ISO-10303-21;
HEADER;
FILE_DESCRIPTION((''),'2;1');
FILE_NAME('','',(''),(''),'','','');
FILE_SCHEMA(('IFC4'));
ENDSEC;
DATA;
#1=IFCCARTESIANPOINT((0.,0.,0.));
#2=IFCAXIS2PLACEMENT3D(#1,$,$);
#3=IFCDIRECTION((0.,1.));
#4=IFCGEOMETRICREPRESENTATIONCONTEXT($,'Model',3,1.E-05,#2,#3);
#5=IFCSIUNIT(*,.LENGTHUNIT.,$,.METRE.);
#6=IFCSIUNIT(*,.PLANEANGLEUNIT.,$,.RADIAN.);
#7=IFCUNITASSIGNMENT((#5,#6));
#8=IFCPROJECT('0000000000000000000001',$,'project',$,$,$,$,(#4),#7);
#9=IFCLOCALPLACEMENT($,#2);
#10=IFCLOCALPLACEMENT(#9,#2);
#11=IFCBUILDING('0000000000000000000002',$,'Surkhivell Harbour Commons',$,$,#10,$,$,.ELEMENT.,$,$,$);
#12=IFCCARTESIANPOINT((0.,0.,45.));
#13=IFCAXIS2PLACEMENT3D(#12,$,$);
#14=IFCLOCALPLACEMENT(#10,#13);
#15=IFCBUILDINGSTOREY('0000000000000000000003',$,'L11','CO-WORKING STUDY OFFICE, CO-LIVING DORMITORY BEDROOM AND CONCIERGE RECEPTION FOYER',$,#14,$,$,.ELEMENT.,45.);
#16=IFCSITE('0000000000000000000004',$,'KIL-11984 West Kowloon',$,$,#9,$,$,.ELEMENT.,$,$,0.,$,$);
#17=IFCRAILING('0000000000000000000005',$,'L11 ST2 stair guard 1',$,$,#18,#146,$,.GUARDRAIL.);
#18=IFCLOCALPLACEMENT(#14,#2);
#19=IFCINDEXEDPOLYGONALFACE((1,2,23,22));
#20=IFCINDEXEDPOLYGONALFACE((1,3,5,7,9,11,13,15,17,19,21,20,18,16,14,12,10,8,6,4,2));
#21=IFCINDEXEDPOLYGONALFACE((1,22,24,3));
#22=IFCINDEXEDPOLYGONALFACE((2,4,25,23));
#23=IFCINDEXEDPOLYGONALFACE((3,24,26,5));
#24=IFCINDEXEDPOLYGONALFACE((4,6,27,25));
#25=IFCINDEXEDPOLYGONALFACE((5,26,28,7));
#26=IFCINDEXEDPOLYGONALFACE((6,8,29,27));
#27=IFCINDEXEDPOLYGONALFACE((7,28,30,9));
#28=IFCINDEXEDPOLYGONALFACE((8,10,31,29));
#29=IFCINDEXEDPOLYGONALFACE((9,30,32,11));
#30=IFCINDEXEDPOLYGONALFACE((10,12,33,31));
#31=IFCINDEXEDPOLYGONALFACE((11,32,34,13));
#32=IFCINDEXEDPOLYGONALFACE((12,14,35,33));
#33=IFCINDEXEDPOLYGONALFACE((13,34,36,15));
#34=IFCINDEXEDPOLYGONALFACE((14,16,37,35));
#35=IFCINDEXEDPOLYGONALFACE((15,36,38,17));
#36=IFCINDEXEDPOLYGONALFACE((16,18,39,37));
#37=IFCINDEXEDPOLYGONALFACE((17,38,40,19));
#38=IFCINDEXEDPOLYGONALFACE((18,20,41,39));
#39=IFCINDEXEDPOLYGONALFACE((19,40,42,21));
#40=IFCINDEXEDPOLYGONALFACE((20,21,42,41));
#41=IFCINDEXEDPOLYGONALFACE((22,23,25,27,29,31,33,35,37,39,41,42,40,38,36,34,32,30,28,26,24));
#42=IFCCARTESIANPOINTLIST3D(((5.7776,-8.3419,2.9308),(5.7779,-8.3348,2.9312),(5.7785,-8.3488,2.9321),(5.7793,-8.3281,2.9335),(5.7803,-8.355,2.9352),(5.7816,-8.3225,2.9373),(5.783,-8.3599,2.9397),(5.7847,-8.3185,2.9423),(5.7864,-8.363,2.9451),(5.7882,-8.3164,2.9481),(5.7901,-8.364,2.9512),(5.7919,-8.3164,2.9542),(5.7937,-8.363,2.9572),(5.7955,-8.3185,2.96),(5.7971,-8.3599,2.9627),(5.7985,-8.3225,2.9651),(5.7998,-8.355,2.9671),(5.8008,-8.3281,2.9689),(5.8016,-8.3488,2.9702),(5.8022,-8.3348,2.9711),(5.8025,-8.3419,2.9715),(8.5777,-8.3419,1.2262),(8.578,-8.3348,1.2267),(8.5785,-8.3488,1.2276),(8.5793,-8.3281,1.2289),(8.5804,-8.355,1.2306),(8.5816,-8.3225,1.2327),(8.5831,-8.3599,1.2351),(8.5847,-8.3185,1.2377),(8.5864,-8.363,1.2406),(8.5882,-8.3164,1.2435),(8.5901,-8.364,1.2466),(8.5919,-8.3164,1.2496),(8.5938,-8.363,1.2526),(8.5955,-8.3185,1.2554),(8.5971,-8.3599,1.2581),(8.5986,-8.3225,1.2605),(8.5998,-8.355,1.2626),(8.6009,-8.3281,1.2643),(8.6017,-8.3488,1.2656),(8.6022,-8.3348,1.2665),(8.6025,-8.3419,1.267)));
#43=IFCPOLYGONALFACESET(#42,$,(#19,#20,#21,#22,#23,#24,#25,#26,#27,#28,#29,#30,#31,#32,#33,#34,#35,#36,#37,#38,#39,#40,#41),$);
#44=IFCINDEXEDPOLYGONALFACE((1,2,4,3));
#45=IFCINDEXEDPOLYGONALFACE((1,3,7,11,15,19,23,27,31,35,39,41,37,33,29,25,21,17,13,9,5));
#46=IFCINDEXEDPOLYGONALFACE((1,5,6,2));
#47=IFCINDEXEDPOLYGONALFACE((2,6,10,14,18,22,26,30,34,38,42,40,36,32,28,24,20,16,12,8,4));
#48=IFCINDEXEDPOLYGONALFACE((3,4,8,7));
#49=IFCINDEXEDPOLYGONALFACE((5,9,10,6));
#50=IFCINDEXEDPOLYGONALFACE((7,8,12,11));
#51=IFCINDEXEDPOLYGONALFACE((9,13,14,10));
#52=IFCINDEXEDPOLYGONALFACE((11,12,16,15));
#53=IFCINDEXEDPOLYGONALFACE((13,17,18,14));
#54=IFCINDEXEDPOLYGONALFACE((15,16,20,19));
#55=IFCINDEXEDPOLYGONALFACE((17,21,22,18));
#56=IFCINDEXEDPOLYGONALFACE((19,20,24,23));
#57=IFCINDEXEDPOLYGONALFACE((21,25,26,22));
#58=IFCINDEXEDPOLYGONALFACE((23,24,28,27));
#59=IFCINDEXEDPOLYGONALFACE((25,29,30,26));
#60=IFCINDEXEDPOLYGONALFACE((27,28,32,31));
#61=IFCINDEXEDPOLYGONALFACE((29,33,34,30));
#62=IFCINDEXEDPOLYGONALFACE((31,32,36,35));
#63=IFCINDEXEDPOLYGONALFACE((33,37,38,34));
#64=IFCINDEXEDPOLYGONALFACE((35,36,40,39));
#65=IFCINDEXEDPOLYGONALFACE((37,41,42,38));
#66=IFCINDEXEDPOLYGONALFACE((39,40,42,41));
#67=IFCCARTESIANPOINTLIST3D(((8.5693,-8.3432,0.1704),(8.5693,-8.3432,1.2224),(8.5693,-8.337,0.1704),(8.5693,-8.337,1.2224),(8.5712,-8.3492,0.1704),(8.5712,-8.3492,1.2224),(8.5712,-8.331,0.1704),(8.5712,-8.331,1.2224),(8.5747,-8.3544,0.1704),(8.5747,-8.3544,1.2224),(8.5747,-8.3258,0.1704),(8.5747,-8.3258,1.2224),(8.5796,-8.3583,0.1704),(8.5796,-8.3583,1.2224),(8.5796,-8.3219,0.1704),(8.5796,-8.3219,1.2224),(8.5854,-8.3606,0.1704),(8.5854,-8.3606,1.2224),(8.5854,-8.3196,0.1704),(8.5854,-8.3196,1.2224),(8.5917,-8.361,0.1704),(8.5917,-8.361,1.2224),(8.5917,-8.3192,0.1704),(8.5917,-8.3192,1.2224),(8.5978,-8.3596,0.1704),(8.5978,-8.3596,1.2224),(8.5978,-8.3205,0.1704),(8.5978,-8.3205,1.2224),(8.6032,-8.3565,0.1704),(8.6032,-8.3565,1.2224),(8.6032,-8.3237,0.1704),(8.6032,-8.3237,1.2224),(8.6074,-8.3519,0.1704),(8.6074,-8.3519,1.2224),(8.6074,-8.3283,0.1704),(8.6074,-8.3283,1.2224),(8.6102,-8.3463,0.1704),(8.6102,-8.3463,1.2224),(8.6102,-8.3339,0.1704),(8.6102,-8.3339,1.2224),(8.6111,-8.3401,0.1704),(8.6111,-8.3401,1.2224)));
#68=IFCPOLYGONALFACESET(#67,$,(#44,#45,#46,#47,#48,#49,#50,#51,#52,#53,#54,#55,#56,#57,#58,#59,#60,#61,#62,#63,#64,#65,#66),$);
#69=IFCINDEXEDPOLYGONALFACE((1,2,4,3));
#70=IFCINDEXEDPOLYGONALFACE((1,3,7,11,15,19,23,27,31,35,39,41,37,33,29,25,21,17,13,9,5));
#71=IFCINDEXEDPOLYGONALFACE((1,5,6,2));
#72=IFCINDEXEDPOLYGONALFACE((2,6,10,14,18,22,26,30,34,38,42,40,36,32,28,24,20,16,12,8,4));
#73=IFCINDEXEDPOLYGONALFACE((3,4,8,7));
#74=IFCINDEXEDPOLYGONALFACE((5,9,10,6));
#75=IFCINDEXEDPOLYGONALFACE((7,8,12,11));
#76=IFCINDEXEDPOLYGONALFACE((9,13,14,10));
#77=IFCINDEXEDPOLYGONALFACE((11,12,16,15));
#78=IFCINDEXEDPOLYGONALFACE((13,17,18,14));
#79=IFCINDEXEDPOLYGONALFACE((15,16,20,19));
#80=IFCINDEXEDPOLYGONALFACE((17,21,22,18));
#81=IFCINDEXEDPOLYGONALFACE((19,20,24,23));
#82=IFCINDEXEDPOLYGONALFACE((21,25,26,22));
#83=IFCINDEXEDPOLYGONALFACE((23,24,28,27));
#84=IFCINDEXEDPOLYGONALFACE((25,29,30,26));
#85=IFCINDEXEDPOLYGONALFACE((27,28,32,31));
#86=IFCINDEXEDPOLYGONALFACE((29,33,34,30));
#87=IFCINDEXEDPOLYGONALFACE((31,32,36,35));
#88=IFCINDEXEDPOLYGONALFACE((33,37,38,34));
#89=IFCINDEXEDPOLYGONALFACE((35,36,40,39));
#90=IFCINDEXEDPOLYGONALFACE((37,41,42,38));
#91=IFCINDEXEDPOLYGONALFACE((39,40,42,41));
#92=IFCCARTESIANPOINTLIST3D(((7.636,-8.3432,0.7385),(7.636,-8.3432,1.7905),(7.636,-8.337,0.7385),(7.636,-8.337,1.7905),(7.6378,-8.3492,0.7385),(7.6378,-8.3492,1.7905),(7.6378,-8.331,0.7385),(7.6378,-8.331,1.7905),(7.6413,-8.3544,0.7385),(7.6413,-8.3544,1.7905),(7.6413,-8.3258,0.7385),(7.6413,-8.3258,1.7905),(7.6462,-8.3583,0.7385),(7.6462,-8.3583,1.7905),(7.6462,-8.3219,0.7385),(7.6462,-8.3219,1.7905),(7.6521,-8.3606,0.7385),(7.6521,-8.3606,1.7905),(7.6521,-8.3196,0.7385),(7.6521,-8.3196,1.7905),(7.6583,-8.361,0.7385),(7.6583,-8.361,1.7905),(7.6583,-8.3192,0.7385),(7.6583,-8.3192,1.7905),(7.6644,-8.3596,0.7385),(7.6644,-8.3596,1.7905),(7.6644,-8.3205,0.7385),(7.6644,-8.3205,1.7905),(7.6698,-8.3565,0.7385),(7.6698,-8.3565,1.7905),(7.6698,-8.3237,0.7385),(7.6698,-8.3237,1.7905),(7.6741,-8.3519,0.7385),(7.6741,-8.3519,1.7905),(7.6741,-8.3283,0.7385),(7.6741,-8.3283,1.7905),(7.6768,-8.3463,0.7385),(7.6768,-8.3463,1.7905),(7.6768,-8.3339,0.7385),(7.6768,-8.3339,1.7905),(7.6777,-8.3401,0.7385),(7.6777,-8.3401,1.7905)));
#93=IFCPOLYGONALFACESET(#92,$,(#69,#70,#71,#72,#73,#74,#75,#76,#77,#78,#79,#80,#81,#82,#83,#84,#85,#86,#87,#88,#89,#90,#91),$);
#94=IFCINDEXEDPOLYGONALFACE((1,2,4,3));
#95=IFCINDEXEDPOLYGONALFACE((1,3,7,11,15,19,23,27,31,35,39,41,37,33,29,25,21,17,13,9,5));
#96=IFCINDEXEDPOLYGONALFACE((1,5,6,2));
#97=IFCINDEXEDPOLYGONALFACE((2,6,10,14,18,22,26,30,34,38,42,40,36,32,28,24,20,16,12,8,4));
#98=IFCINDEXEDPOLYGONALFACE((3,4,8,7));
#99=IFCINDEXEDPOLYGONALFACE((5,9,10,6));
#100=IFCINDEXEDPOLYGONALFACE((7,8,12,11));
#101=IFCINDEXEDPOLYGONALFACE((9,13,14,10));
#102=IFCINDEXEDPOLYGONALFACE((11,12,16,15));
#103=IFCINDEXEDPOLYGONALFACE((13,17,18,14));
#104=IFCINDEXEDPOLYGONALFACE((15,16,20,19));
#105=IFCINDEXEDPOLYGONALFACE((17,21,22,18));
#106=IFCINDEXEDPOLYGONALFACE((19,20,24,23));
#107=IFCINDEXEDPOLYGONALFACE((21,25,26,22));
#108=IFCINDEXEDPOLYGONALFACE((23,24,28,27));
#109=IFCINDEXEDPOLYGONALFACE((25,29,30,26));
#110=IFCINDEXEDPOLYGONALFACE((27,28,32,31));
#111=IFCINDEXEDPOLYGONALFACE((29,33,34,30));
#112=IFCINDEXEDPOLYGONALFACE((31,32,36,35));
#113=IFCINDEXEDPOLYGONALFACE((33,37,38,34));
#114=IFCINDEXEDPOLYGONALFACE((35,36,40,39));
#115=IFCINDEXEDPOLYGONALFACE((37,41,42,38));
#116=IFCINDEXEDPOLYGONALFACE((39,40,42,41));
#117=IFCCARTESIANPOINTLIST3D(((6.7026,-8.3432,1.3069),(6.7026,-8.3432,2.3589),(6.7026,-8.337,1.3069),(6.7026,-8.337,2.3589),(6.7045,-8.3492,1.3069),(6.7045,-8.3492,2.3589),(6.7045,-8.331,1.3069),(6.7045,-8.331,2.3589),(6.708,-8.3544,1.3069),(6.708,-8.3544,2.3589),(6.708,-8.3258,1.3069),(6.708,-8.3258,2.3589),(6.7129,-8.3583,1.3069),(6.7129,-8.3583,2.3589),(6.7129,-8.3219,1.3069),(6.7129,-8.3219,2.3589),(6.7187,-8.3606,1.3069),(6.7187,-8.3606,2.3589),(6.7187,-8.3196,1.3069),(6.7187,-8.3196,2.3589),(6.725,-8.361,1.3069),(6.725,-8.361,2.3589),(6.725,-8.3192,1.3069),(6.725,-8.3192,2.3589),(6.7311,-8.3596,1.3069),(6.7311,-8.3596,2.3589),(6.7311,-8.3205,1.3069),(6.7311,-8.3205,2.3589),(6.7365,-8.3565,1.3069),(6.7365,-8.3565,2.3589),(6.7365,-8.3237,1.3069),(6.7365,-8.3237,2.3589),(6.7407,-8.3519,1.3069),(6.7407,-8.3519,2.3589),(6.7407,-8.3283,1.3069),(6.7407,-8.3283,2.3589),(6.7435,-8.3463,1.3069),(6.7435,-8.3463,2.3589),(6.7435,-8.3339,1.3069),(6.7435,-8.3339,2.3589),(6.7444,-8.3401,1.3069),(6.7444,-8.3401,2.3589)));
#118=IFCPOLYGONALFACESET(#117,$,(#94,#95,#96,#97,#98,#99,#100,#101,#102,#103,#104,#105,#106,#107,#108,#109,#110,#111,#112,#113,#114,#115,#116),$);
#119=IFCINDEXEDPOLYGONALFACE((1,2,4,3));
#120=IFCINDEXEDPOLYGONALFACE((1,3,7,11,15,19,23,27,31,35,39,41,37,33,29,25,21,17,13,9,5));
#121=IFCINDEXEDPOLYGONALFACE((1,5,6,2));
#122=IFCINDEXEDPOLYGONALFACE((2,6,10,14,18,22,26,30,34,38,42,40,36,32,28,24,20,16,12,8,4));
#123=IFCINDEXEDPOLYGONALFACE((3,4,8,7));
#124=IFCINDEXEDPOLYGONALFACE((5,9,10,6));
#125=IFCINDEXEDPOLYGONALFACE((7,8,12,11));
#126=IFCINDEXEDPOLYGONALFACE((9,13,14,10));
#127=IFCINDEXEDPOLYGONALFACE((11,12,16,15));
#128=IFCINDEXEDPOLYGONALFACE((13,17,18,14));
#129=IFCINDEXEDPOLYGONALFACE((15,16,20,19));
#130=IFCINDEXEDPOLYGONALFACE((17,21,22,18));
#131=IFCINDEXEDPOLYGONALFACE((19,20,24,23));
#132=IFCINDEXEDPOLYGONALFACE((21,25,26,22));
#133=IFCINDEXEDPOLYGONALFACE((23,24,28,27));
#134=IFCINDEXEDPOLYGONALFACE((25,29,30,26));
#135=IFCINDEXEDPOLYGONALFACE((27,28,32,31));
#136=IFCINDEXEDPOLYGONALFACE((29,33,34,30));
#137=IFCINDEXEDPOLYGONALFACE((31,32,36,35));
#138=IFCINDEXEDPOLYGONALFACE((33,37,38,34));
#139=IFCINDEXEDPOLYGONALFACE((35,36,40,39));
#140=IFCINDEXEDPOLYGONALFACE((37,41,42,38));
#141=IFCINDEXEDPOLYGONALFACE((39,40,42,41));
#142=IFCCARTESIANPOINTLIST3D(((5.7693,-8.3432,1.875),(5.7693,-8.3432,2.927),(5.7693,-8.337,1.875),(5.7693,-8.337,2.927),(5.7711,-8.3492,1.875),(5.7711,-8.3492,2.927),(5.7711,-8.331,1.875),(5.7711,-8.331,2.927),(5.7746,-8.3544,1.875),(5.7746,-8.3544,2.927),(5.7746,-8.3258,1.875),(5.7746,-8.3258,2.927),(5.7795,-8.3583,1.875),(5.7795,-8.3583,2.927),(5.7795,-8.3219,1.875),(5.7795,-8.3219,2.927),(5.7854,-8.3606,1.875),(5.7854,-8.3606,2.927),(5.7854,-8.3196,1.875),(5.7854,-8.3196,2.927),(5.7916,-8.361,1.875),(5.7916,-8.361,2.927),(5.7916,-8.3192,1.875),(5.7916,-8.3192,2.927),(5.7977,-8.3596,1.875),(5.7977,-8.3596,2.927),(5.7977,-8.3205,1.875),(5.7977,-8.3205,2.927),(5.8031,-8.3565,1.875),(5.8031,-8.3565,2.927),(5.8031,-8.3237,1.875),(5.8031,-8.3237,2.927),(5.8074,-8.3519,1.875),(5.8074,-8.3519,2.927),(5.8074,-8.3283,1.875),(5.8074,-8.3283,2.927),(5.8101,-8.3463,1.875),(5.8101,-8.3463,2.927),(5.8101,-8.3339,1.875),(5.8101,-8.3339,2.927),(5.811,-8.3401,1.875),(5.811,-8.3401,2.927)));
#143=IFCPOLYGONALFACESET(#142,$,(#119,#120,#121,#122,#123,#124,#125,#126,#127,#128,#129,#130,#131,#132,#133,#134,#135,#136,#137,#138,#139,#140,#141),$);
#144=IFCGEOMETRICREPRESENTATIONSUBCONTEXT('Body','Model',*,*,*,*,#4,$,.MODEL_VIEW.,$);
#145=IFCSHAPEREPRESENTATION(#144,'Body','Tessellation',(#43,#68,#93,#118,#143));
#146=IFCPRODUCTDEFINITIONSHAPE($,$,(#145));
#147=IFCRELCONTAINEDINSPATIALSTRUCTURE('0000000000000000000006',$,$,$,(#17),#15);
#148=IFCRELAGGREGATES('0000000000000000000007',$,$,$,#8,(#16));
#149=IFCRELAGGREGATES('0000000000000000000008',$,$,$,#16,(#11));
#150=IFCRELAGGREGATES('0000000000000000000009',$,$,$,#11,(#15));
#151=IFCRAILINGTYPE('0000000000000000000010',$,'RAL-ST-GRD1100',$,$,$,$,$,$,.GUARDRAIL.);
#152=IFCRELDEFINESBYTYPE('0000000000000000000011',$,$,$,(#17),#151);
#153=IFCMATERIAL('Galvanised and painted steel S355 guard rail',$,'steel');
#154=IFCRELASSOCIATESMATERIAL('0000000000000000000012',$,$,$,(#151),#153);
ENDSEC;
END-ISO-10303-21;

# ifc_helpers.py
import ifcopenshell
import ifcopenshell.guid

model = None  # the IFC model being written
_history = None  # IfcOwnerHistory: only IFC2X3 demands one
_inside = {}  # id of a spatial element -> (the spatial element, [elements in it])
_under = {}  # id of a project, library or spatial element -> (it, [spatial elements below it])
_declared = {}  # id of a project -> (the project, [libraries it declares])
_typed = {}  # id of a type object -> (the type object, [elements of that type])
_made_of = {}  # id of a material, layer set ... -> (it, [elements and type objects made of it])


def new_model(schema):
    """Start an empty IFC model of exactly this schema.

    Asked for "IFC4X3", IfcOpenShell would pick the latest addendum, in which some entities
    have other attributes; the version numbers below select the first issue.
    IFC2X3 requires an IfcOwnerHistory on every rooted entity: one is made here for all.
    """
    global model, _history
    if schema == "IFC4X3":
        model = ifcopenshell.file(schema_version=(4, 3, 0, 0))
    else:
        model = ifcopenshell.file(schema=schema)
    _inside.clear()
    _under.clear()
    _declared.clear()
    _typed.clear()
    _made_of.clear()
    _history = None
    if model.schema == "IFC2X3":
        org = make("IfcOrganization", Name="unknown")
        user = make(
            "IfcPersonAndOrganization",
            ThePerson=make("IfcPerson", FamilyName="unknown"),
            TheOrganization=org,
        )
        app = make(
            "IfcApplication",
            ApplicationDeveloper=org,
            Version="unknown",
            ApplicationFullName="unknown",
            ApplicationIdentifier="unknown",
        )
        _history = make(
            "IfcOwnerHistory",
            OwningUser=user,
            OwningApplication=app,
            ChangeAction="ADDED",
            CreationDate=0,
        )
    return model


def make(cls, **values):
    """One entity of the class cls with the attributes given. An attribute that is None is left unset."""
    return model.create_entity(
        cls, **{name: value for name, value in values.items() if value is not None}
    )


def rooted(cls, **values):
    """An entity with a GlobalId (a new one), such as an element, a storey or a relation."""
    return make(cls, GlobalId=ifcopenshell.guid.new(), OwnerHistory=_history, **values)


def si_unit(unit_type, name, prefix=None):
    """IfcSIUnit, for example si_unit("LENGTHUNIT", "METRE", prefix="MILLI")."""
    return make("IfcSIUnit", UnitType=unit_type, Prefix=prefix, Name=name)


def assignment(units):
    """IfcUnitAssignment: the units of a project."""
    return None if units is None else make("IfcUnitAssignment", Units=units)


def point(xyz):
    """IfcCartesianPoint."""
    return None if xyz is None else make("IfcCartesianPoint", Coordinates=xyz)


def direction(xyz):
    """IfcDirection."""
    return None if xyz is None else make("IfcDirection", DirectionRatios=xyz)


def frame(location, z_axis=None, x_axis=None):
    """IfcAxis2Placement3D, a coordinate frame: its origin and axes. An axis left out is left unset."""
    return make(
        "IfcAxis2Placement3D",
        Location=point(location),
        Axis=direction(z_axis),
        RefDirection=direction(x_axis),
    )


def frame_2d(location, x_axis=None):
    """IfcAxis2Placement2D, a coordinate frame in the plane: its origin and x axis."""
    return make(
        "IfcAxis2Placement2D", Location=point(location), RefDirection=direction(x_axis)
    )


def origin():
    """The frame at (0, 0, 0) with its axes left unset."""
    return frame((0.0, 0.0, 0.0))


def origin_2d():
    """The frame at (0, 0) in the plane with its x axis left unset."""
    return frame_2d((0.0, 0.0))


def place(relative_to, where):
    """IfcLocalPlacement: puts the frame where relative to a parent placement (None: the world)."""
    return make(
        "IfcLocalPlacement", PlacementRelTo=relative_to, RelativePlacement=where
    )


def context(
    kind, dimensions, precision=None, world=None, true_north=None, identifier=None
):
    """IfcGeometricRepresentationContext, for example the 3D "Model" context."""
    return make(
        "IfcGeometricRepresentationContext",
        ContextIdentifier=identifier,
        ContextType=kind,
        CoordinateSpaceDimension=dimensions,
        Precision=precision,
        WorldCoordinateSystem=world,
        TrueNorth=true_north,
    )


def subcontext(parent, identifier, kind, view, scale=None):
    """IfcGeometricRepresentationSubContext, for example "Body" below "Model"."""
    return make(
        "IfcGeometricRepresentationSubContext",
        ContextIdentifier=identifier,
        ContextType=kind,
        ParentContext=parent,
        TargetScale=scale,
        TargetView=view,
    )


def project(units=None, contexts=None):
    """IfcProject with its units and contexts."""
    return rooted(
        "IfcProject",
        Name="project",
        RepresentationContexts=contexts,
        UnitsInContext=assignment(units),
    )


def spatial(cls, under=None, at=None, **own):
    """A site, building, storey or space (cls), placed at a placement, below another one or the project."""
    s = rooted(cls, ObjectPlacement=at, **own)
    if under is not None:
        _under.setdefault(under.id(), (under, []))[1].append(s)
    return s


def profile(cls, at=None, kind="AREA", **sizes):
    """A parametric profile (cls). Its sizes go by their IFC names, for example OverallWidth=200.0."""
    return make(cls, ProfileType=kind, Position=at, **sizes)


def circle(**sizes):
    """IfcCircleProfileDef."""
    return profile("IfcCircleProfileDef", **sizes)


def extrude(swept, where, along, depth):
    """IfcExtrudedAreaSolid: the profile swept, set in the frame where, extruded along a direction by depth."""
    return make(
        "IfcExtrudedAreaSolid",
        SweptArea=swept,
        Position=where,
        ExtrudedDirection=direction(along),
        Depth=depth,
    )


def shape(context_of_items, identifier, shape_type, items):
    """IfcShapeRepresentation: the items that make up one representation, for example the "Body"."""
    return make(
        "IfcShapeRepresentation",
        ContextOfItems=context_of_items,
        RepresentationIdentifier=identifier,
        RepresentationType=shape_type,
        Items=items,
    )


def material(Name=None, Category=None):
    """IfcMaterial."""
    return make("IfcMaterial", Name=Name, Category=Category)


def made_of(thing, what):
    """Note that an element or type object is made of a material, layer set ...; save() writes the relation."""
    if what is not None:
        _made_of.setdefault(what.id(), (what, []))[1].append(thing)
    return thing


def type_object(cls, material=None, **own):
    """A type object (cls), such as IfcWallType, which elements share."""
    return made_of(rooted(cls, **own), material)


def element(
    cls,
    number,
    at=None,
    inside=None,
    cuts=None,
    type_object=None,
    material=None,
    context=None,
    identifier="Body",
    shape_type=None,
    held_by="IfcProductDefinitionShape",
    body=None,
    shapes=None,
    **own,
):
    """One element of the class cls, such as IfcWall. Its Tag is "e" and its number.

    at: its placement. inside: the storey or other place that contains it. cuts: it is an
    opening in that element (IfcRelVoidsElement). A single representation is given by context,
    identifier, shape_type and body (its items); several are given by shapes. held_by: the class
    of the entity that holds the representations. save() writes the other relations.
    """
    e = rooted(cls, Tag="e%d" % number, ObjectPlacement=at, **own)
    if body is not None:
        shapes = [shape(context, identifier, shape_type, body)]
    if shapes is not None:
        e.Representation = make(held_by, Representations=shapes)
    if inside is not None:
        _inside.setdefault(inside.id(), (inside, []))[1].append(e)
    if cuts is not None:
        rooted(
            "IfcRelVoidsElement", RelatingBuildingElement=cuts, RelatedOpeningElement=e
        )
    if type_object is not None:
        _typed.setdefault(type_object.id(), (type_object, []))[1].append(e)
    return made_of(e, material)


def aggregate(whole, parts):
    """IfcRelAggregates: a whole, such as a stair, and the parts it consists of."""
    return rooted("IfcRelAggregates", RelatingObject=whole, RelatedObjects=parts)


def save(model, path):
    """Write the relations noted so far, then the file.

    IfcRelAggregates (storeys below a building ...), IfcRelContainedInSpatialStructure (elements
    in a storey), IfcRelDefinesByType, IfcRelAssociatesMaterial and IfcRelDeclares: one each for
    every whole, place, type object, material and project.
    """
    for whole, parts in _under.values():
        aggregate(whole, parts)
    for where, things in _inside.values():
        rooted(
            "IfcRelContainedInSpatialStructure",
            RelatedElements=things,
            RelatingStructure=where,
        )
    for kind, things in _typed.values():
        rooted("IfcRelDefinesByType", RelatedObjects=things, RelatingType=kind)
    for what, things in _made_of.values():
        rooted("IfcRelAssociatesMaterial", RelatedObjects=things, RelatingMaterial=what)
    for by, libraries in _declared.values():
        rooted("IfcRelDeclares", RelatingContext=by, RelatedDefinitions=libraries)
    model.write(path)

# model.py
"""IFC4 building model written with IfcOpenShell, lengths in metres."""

from ifc_helpers import new_model, si_unit, direction, frame, origin, origin_2d, place, context, subcontext, project, spatial, circle, extrude, material, type_object, element, save


model = new_model("IFC4")

# Units and contexts
model_context = context("Model", 3, precision=1e-05, world=origin(), true_north=direction((0.0, 1.0)))
body_context = subcontext(model_context, "Body", "Model", "MODEL_VIEW")
ifc_project = project(units=[si_unit("LENGTHUNIT", "METRE"), si_unit("PLANEANGLEUNIT", "RADIAN")], contexts=[model_context])

# Site, building, storey
site_placement = place(None, origin())
site = spatial("IfcSite", under=ifc_project, at=site_placement, Name="KIL-11984 West Kowloon", CompositionType="ELEMENT", RefElevation=0.0)
building_placement = place(site_placement, origin())
building = spatial("IfcBuilding", under=site, at=building_placement, Name="Surkhivell Harbour Commons", CompositionType="ELEMENT")
storey_placement = place(building_placement, frame((0.0, 0.0, 45.0)))
storey = spatial("IfcBuildingStorey", under=building, at=storey_placement, Name="L11", Description="CO-WORKING STUDY OFFICE, CO-LIVING DORMITORY BEDROOM AND CONCIERGE RECEPTION FOYER", CompositionType="ELEMENT", Elevation=45.0)

# Railing
ifc_material_1 = material(Name="Galvanised and painted steel S355 guard rail", Category="steel")
railing_type_1 = type_object("IfcRailingType", Name="RAL-ST-GRD1100", PredefinedType="GUARDRAIL", material=ifc_material_1)
railing_1_placement = place(storey_placement, frame((8.5901, -8.3401, 0.1704)))
element("IfcRailing", 1, at=railing_1_placement, inside=storey, type_object=railing_type_1, Name="L11 ST2 stair guard 1", PredefinedType="GUARDRAIL", context=body_context, shape_type="SweptSolid", body=[
    extrude(circle(Radius=0.0239, at=origin_2d()), frame((0.0, 0.0, 1.0762), z_axis=(-0.85417, 0.0, 0.519994), x_axis=(0.0, -1.0, 0.0)), (0.0, 0.0, 1.0), 3.2781),
    extrude(circle(Radius=0.021, at=origin_2d()), origin(), (0.0, 0.0, 1.0), 1.052),
    extrude(circle(Radius=0.021, at=origin_2d()), frame((-0.9333, 0.0, 0.5681)), (0.0, 0.0, 1.0), 1.052),
    extrude(circle(Radius=0.021, at=origin_2d()), frame((-1.8667, 0.0, 1.1365)), (0.0, 0.0, 1.0), 1.052),
    extrude(circle(Radius=0.021, at=origin_2d()), frame((-2.8, 0.0, 1.7046)), (0.0, 0.0, 1.0), 1.052),
])

save(model, "model.ifc")
